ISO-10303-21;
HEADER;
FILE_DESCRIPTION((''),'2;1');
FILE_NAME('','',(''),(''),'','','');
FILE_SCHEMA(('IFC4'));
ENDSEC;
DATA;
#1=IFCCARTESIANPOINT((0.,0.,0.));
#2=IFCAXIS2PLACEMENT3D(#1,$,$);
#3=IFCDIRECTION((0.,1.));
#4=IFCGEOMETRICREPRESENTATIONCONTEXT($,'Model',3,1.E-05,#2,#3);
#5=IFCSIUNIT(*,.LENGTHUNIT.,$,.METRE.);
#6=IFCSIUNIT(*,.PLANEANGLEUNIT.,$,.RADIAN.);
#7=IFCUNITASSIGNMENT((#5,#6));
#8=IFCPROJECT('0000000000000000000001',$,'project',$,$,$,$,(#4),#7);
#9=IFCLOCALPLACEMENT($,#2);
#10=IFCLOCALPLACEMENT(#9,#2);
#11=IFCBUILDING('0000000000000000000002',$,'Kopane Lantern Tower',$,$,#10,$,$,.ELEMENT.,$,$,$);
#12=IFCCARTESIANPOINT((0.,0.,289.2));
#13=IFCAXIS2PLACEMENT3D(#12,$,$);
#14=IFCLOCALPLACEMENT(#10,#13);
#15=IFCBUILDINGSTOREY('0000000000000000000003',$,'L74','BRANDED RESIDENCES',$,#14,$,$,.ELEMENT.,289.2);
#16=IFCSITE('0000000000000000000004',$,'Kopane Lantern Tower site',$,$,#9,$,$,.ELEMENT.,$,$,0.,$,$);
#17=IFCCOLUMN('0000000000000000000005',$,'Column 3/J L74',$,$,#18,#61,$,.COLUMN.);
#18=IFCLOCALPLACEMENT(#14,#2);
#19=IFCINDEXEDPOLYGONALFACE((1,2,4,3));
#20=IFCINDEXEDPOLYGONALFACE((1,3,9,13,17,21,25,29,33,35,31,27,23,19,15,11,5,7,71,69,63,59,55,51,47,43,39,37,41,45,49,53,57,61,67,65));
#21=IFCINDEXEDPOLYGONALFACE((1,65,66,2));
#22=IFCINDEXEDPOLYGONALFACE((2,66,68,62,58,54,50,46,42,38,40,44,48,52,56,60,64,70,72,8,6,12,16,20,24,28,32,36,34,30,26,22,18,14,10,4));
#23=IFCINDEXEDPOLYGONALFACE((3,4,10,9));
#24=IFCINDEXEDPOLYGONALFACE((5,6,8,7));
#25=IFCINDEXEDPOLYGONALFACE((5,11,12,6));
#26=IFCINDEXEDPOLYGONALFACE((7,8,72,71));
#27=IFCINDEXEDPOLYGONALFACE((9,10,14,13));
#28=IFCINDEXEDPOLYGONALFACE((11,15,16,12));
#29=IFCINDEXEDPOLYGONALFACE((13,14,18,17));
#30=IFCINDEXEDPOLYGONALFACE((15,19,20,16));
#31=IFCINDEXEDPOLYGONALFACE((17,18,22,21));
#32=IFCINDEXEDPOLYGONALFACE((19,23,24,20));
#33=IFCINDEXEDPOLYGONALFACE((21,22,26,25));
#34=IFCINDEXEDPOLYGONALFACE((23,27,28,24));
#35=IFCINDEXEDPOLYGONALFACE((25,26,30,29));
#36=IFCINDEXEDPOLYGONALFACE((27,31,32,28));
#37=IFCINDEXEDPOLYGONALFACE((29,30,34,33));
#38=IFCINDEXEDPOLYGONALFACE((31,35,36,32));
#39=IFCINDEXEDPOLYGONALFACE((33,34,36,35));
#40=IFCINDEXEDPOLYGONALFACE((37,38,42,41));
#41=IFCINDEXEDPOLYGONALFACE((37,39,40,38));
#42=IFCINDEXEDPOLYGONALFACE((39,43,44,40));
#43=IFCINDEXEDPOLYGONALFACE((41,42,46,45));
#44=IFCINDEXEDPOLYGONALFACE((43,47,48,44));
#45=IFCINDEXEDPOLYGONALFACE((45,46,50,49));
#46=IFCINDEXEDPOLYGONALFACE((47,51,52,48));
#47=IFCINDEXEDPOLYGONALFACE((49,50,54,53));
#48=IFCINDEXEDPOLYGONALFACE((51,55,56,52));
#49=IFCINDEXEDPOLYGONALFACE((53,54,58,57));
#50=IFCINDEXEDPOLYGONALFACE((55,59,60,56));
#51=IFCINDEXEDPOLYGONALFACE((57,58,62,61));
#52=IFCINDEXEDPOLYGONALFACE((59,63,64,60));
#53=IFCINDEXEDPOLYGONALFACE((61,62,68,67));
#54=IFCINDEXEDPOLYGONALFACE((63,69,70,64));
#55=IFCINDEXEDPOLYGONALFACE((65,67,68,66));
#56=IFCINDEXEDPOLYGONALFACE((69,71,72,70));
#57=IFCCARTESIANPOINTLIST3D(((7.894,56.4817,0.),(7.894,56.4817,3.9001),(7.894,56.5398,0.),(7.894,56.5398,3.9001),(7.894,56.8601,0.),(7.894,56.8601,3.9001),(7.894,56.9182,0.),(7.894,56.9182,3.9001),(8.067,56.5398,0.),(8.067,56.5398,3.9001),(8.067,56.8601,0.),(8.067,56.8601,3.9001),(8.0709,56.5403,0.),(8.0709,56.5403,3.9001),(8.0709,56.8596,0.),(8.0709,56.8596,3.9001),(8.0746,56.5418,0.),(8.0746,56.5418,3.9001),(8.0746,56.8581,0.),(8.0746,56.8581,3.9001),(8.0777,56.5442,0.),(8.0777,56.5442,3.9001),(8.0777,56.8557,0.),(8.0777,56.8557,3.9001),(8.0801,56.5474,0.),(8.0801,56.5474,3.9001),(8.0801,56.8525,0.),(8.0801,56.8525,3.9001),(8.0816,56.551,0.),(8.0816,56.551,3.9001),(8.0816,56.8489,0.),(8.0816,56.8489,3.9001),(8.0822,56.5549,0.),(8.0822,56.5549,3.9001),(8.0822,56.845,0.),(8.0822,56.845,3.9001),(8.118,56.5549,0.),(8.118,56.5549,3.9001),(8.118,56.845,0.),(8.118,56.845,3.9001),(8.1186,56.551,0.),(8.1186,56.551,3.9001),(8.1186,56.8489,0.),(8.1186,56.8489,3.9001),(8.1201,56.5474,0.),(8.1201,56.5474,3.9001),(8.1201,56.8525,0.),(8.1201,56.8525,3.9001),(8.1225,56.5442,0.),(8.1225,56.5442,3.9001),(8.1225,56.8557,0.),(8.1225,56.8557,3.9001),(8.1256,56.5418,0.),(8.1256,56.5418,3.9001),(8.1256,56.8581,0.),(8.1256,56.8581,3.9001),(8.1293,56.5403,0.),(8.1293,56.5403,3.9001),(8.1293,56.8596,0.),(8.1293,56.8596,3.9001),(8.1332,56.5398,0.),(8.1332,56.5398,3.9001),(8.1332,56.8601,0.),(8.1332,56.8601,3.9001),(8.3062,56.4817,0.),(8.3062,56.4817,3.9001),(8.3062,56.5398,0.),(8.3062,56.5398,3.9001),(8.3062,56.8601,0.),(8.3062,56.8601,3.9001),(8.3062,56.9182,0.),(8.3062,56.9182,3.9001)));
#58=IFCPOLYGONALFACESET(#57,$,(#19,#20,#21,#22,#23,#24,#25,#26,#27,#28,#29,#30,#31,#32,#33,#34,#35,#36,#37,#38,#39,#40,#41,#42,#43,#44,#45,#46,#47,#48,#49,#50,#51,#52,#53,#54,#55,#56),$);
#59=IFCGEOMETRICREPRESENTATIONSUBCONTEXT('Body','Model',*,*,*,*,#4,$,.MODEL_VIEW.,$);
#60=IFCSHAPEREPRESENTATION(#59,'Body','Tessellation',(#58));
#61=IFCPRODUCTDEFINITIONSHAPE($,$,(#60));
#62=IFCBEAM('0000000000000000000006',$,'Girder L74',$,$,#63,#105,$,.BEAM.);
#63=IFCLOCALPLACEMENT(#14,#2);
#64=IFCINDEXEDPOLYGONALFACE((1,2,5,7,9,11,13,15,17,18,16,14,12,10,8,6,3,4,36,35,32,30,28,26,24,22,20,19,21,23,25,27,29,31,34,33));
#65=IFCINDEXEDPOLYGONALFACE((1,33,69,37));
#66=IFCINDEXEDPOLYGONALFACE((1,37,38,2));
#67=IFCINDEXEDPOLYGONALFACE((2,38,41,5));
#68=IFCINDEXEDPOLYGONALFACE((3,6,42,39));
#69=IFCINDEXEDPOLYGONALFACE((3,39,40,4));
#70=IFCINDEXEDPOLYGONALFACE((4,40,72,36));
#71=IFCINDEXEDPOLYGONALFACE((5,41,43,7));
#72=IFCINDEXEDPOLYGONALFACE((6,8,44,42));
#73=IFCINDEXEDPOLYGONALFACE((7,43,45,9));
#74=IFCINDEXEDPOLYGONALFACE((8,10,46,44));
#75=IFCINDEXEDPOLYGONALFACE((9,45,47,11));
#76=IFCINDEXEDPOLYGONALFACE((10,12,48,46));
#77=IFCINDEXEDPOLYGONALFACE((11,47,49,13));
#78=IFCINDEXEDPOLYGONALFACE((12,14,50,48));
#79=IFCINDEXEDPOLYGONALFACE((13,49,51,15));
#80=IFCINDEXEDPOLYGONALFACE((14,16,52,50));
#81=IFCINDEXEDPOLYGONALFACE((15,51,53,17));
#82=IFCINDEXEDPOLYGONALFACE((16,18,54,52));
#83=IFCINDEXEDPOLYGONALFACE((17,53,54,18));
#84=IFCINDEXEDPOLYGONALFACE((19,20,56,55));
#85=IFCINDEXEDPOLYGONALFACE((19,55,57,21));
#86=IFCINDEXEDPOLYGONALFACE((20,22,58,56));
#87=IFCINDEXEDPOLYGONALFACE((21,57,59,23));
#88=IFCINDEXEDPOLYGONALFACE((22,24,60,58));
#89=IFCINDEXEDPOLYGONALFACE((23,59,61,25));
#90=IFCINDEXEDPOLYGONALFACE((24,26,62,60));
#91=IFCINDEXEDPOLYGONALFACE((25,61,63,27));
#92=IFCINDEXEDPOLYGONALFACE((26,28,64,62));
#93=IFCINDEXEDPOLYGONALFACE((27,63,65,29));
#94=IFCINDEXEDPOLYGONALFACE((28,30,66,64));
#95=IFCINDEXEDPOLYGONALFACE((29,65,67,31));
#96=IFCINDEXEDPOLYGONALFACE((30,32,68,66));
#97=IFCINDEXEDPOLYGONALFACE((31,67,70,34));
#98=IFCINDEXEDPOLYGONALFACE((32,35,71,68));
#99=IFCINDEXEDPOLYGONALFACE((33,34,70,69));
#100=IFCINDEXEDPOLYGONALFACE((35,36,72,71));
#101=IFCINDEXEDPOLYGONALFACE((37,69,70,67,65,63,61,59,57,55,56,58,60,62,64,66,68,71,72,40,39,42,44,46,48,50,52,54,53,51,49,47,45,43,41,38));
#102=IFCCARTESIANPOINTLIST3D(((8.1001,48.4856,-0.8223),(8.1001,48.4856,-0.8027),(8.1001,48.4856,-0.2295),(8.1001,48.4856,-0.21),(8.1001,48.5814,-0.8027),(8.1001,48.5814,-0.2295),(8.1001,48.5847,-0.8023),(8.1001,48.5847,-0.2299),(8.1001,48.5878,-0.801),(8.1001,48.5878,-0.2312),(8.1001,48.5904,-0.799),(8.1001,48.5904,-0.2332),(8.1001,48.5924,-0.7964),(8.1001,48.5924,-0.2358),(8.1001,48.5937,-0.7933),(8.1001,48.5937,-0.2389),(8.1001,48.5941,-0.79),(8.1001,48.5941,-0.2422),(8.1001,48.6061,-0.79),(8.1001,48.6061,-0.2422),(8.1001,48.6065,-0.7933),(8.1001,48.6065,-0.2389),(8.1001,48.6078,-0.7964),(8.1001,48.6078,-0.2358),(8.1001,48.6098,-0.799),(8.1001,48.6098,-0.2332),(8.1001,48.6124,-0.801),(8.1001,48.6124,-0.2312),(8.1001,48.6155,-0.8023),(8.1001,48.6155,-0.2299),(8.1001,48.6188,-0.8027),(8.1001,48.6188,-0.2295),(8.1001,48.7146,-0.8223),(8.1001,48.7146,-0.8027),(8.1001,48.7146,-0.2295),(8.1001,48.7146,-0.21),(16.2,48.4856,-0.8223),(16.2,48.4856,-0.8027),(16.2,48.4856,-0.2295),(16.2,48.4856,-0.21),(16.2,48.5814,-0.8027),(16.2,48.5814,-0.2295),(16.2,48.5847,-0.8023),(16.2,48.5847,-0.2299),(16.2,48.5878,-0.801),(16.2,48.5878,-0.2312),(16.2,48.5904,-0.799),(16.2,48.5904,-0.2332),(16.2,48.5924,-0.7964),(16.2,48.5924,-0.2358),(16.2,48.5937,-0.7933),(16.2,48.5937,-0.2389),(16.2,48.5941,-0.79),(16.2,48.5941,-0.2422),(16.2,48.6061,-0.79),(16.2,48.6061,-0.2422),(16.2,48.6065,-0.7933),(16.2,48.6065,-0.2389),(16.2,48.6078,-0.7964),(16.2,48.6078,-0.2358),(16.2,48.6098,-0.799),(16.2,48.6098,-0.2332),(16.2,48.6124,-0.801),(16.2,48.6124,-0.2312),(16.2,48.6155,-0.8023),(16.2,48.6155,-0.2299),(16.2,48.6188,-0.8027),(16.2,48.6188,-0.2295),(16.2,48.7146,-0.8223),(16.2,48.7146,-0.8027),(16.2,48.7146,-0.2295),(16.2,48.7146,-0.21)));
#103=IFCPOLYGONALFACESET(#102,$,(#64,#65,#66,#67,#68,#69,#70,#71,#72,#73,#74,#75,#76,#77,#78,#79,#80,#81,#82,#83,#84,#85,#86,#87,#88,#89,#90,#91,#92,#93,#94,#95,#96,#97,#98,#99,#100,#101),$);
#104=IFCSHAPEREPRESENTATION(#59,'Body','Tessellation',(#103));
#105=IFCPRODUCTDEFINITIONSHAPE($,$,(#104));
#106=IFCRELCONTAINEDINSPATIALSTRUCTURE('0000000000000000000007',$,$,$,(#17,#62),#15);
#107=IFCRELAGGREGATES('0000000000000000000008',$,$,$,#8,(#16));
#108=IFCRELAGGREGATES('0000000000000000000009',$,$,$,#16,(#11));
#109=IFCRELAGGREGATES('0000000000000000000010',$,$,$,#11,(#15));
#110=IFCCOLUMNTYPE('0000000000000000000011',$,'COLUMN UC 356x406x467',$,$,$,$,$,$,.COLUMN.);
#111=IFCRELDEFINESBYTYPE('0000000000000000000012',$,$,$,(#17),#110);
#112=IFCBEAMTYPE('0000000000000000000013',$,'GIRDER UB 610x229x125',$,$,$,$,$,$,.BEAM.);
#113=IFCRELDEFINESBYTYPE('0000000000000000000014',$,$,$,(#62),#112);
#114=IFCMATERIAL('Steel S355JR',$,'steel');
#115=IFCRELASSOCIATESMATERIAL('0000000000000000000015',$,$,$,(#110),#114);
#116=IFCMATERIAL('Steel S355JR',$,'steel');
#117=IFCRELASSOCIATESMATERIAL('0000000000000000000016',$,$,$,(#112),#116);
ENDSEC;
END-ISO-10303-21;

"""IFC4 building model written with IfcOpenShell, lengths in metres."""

from ifc_helpers import new_model, si_unit, direction, frame, origin, origin_2d, place, context, subcontext, project, spatial, i_section, extrude, material, material_profile, profile_set, type_object, element, save


model = new_model("IFC4")

# Units and contexts
model_context = context("Model", 3, precision=1e-05, world=origin(), true_north=direction((0.0, 1.0)))
body_context = subcontext(model_context, "Body", "Model", "MODEL_VIEW")
ifc_project = project(units=[si_unit("LENGTHUNIT", "METRE"), si_unit("PLANEANGLEUNIT", "RADIAN")], contexts=[model_context])

# Site, building, storey
site_placement = place(None, origin())
site = spatial("IfcSite", under=ifc_project, at=site_placement, Name="Kopane Lantern Tower site", CompositionType="ELEMENT", RefElevation=0.0)
building_placement = place(site_placement, origin())
building = spatial("IfcBuilding", under=site, at=building_placement, Name="Kopane Lantern Tower", CompositionType="ELEMENT")
storey_placement = place(building_placement, frame((0.0, 0.0, 289.2)))
storey = spatial("IfcBuildingStorey", under=building, at=storey_placement, Name="L74", Description="BRANDED RESIDENCES", CompositionType="ELEMENT", Elevation=289.2)

# Column
ifc_material_1 = material(Name="Steel S355JR", Category="steel")
ifc_material_profile_1 = material_profile(ifc_material_1, i_section(OverallWidth=0.4121, OverallDepth=0.4365, WebThickness=0.0359, FlangeThickness=0.0581, FilletRadius=0.0151, at=origin_2d()), Name="UC 356x406x467")
ifc_profile_set_1 = profile_set([ifc_material_profile_1], Name="Steel S355JR")
column_type = type_object("IfcColumnType", Name="COLUMN UC 356x406x467", PredefinedType="COLUMN", material=ifc_profile_set_1)
column_placement = place(storey_placement, frame((8.1001, 56.7, 0.0), z_axis=(0.0, 0.0, 1.0), x_axis=(1.0, 0.0, 0.0)))
element("IfcColumn", 1, at=column_placement, inside=storey, type_object=column_type, Name="Column 3/J L74", PredefinedType="COLUMN", context=body_context, shape_type="SweptSolid", body=[
    extrude(i_section(OverallWidth=0.4121, OverallDepth=0.4365, WebThickness=0.0359, FlangeThickness=0.0581, FilletRadius=0.0151, at=origin_2d()), origin(), (0.0, 0.0, 1.0), 3.9001),
])

# Beam
ifc_material_2 = material(Name="Steel S355JR", Category="steel")
ifc_material_profile_2 = material_profile(ifc_material_2, i_section(OverallWidth=0.229, OverallDepth=0.6123, WebThickness=0.012, FlangeThickness=0.0195, FilletRadius=0.0127, at=origin_2d()), Name="UB 610x229x125")
ifc_profile_set_2 = profile_set([ifc_material_profile_2], Name="Steel S355JR")
beam_type = type_object("IfcBeamType", Name="GIRDER UB 610x229x125", PredefinedType="BEAM", material=ifc_profile_set_2)
beam_placement = place(storey_placement, frame((8.1001, 48.6001, -0.5161), z_axis=(1.0, 0.0, 0.0), x_axis=(0.0, 1.0, 0.0)))
element("IfcBeam", 2, at=beam_placement, inside=storey, type_object=beam_type, Name="Girder L74", PredefinedType="BEAM", context=body_context, shape_type="SweptSolid", body=[
    extrude(i_section(OverallWidth=0.229, OverallDepth=0.6123, WebThickness=0.012, FlangeThickness=0.0195, FilletRadius=0.0127, at=origin_2d()), origin(), (0.0, 0.0, 1.0), 8.0999),
])

save(model, "model.ifc")
